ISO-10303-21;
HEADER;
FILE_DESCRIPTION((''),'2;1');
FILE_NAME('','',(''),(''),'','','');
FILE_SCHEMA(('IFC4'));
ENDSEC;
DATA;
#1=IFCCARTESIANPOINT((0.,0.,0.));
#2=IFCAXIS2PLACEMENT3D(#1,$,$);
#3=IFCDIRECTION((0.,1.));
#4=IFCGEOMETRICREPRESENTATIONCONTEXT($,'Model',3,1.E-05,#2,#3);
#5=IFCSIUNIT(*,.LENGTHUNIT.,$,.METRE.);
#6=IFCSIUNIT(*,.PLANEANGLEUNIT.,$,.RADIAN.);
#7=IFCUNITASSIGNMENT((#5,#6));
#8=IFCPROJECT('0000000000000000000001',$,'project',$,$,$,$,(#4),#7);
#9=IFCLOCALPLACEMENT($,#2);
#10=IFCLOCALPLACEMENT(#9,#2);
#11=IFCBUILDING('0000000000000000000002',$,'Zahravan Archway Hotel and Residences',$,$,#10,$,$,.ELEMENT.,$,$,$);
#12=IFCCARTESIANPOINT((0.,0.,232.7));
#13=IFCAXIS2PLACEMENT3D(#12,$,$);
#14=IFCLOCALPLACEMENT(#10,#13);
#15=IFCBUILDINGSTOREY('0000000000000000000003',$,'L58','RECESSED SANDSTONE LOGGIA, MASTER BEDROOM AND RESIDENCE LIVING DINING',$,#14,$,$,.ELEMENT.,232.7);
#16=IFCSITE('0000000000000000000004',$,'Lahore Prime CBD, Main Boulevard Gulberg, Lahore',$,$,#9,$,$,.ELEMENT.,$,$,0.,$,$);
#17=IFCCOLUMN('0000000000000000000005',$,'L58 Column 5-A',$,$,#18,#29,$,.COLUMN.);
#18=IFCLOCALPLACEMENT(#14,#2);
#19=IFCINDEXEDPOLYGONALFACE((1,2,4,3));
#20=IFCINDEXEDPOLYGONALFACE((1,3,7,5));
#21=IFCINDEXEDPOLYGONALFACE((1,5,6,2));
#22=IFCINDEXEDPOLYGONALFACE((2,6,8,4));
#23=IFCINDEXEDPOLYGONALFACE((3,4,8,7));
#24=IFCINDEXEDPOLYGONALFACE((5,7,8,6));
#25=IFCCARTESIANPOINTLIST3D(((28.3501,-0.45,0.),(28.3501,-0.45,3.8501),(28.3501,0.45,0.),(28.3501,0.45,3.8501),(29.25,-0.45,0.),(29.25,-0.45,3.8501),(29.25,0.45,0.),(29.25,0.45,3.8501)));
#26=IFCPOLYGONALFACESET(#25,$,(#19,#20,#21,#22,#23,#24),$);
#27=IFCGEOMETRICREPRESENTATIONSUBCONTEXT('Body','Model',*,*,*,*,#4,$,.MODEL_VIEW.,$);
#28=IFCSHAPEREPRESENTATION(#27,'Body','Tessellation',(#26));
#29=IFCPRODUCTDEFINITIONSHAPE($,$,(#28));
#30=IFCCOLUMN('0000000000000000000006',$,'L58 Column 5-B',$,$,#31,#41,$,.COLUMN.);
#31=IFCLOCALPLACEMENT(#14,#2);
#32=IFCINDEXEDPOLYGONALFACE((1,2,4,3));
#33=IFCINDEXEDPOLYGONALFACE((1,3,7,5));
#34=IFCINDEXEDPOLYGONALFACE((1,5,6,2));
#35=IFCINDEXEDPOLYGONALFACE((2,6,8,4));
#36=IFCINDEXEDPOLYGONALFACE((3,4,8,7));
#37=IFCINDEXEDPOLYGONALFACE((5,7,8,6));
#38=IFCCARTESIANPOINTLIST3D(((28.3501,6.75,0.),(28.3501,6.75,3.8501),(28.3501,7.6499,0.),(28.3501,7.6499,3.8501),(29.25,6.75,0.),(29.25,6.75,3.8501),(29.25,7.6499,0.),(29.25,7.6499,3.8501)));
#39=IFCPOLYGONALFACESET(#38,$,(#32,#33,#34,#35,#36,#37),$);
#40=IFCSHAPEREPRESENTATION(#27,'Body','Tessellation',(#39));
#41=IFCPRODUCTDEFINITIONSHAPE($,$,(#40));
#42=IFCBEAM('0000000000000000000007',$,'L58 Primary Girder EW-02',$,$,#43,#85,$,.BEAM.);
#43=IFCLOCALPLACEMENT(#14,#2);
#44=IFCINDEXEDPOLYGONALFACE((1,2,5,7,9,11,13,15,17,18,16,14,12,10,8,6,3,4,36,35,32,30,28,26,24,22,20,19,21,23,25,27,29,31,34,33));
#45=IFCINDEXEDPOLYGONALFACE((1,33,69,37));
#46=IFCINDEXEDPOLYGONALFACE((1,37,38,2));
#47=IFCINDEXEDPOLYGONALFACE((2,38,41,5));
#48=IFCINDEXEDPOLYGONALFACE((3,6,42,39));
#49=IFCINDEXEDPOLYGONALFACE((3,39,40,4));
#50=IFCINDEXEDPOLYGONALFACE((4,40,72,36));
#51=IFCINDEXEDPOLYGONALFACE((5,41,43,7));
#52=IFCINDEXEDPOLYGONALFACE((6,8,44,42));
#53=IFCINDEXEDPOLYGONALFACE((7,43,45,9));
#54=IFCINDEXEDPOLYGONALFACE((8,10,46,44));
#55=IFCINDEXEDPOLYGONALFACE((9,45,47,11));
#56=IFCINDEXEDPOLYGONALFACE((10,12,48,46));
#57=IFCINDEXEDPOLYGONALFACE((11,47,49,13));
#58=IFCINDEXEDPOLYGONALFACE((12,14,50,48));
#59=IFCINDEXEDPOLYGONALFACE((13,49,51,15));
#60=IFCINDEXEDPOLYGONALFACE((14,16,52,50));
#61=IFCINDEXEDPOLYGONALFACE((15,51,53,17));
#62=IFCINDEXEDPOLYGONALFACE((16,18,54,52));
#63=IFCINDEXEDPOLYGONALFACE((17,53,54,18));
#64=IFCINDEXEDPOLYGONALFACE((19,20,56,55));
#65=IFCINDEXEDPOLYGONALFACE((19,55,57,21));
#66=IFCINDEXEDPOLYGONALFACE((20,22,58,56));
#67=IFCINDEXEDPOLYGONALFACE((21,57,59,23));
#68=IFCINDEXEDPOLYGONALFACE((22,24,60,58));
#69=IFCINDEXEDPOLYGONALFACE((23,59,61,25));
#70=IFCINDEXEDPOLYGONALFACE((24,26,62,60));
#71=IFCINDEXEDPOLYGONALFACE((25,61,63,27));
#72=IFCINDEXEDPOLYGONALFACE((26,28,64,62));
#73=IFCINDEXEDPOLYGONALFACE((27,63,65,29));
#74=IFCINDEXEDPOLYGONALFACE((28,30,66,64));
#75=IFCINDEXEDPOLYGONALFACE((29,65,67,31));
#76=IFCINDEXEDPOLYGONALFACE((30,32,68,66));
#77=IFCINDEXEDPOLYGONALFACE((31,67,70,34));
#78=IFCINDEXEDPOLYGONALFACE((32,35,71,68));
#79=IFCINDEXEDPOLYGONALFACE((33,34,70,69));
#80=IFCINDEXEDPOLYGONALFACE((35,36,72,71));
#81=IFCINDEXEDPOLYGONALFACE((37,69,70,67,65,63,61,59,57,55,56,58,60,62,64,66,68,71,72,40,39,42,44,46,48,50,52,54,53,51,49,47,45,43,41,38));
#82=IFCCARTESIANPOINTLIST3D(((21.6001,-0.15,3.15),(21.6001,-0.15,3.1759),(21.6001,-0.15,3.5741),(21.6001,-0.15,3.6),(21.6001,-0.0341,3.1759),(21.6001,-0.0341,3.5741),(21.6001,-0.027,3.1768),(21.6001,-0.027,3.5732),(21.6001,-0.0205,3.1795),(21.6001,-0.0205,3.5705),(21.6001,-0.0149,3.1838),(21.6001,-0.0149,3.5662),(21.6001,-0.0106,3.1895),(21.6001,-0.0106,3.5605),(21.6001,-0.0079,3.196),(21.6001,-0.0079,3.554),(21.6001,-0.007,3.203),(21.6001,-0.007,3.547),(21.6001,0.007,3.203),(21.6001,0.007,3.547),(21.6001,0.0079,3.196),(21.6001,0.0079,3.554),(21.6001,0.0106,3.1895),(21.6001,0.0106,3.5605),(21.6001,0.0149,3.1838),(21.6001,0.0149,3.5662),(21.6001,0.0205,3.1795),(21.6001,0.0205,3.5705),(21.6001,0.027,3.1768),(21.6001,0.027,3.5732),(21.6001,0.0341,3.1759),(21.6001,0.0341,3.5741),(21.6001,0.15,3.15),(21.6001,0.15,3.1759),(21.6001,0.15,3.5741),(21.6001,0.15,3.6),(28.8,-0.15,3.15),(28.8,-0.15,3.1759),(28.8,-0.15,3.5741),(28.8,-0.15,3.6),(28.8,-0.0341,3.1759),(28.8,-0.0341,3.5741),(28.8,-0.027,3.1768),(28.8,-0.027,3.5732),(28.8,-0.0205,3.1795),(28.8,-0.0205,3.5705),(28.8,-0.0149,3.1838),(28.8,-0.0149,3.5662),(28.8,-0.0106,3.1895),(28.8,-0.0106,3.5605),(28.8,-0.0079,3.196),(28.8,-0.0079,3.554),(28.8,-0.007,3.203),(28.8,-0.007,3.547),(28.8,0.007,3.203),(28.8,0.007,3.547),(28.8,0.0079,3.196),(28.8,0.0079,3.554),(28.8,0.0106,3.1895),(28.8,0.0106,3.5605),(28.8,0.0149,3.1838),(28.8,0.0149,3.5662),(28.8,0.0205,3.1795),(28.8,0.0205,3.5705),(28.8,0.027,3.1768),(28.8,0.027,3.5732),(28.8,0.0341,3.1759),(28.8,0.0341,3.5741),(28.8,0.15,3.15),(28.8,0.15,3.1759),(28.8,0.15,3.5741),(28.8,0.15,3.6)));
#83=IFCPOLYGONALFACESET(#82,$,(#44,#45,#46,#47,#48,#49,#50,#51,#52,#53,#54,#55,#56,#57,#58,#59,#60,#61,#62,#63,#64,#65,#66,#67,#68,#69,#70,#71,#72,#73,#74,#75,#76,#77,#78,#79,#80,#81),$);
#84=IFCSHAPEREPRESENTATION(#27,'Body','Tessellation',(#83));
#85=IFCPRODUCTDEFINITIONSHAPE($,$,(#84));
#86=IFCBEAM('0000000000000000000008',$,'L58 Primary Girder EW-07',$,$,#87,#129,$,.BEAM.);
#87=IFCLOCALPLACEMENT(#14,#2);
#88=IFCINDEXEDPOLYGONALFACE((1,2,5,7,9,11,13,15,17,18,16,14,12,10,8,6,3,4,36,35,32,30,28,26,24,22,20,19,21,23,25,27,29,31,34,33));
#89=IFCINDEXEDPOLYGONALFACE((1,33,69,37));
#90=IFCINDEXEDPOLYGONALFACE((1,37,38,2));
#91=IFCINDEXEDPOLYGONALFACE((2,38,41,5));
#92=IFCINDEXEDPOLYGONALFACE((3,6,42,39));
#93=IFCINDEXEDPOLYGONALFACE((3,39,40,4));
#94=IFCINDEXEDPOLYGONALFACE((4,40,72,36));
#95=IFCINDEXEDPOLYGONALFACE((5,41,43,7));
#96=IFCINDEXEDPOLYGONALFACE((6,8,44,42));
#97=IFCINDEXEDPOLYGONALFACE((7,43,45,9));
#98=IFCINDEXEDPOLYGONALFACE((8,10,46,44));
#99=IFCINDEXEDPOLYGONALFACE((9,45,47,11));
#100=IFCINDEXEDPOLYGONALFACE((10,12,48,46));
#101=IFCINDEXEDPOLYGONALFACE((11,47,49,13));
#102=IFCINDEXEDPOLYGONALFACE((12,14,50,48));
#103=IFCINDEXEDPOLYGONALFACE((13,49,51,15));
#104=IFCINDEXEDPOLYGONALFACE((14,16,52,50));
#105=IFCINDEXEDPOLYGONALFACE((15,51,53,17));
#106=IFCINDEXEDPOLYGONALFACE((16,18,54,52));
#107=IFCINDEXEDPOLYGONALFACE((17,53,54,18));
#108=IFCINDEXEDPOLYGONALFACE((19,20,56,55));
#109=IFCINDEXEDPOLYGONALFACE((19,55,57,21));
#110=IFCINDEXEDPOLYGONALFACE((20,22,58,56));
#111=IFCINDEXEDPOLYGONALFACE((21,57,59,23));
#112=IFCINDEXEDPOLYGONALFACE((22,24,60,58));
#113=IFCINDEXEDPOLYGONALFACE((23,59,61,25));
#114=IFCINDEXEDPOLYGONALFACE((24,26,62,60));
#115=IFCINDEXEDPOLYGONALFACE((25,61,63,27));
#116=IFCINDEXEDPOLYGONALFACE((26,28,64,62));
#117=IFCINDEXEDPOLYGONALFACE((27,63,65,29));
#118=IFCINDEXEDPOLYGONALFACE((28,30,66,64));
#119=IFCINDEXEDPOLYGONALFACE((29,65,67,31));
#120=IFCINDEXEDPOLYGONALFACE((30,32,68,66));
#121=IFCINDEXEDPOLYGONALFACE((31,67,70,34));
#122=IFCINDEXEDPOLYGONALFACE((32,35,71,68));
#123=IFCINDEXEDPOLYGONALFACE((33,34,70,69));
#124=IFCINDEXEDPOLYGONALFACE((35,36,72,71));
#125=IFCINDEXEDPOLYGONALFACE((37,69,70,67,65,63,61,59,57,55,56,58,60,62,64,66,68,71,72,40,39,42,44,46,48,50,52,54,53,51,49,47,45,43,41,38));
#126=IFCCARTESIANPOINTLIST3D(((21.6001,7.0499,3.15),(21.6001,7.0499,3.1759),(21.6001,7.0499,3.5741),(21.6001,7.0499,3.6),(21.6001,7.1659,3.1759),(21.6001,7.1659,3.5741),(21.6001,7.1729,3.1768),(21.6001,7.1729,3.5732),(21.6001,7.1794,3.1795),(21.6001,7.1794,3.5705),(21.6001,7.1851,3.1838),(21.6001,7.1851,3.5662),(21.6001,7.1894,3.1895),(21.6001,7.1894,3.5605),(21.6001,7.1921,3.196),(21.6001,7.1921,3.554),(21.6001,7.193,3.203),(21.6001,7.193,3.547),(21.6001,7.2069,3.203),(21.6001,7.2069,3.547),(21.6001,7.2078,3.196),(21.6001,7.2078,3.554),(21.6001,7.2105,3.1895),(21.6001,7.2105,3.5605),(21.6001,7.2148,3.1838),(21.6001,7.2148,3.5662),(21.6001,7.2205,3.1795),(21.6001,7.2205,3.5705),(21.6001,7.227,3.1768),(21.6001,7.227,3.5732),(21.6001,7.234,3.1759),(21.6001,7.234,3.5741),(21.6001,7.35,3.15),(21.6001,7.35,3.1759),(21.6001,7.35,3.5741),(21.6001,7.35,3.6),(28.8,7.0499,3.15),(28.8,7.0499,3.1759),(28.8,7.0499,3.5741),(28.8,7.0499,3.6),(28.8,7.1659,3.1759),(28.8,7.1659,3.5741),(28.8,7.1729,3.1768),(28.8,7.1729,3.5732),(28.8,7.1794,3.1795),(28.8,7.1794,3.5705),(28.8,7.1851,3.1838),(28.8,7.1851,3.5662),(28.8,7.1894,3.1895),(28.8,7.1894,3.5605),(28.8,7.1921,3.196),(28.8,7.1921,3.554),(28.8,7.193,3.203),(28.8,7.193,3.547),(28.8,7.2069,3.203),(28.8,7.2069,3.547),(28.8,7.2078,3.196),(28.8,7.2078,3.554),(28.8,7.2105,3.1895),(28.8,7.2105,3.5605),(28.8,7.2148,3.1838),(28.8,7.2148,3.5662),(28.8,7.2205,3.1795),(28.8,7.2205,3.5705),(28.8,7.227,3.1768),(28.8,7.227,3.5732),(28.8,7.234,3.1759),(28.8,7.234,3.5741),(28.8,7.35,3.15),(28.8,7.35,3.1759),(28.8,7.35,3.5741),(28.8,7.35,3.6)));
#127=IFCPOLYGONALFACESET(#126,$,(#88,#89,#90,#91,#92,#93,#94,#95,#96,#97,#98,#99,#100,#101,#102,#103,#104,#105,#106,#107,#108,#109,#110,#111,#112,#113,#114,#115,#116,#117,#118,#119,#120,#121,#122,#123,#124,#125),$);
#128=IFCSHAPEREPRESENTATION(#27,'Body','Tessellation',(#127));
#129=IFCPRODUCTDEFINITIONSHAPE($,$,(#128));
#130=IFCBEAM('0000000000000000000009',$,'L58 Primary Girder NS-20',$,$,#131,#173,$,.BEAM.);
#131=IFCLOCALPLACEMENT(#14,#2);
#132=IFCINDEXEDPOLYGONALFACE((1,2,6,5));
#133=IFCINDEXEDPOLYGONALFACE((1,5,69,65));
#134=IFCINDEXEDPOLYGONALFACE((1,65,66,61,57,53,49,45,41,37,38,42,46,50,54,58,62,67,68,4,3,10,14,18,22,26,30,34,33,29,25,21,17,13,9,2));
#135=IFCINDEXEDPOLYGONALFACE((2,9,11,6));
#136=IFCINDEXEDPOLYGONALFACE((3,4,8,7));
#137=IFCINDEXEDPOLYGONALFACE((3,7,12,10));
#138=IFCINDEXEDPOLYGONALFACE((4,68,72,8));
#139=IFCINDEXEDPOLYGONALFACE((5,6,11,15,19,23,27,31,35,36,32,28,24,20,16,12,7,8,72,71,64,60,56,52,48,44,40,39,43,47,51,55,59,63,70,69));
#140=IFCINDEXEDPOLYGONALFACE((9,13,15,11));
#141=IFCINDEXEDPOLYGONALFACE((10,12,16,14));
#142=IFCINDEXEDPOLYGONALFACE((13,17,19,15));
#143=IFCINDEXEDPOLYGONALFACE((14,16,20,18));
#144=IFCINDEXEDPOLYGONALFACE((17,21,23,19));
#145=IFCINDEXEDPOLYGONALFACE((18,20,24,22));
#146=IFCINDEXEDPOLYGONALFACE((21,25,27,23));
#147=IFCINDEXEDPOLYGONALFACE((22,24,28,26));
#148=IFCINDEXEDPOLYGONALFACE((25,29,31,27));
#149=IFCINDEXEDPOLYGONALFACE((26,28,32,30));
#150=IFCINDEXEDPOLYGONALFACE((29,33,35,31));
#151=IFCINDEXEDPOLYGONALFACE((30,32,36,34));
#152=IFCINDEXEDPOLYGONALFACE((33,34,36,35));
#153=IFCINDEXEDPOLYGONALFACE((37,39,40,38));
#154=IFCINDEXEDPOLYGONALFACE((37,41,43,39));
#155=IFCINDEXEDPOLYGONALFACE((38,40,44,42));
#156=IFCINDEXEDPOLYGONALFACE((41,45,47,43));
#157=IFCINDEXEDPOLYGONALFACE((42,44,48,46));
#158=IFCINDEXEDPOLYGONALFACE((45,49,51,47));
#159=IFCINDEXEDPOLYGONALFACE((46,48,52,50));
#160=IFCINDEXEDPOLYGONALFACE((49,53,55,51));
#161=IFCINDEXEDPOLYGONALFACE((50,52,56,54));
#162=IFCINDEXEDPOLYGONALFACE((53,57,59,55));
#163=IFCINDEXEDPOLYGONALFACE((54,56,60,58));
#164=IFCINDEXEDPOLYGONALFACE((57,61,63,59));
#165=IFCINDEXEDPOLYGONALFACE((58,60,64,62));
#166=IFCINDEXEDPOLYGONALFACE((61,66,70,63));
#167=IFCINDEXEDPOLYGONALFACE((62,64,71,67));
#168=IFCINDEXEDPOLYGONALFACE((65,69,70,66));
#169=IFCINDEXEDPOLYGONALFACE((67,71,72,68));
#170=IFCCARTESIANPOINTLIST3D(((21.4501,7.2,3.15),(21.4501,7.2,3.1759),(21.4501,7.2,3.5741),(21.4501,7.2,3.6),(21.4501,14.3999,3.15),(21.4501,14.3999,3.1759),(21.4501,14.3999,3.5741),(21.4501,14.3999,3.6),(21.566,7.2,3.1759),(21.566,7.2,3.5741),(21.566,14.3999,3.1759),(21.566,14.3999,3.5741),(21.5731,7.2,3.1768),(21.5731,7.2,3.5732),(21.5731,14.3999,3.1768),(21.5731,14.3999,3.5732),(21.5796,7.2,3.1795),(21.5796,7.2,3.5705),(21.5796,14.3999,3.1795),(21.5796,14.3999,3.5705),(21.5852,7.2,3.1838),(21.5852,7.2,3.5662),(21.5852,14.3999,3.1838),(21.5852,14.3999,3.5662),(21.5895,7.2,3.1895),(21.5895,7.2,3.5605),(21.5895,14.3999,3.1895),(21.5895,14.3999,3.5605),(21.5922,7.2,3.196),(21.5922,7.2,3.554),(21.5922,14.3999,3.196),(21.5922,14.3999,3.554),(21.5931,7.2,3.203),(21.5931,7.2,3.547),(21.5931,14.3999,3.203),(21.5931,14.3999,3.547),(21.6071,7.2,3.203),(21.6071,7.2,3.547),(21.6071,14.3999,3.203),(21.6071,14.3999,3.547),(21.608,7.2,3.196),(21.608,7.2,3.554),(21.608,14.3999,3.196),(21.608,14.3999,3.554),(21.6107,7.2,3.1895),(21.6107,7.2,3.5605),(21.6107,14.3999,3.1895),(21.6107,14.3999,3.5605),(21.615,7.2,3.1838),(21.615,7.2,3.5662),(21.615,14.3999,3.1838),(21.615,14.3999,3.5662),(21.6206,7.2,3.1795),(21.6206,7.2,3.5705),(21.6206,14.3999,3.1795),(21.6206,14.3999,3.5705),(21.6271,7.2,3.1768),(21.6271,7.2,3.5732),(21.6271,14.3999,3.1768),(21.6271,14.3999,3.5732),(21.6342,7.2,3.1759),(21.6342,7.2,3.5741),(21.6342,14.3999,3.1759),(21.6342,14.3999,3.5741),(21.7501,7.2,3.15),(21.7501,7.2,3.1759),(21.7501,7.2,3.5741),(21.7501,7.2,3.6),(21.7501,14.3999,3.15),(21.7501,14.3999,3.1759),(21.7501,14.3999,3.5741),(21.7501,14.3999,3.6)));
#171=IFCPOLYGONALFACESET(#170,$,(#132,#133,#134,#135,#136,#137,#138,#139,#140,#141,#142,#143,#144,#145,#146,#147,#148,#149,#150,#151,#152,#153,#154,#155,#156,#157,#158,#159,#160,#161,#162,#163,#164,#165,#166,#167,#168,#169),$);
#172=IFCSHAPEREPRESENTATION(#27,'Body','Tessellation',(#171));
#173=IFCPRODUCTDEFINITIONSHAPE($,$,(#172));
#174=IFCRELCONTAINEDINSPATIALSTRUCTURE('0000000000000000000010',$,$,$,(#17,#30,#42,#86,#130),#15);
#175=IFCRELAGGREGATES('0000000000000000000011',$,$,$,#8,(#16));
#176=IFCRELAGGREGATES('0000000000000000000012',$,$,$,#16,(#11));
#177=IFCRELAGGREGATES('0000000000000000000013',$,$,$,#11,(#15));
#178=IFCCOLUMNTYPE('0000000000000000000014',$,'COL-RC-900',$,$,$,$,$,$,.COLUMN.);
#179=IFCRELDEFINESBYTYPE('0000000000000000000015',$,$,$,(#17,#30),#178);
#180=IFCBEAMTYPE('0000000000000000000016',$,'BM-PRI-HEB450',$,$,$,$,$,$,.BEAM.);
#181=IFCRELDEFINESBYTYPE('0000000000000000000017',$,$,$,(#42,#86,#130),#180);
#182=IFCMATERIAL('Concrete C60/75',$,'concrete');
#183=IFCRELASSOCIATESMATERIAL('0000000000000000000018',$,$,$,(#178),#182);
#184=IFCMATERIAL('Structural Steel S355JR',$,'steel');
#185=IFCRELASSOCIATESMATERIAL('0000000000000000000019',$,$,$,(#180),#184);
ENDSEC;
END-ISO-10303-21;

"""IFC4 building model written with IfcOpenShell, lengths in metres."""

from ifc_helpers import new_model, si_unit, direction, frame, origin, origin_2d, place, context, subcontext, project, spatial, rectangle, i_section, extrude, source, transform, mapped, material, material_profile, profile_set, type_object, type_shapes, element, save


model = new_model("IFC4")

# Units and contexts
model_context = context("Model", 3, precision=1e-05, world=origin(), true_north=direction((0.0, 1.0)))
body_context = subcontext(model_context, "Body", "Model", "MODEL_VIEW")
ifc_project = project(units=[si_unit("LENGTHUNIT", "METRE"), si_unit("PLANEANGLEUNIT", "RADIAN")], contexts=[model_context])

# Site, building, storey
site_placement = place(None, origin())
site = spatial("IfcSite", under=ifc_project, at=site_placement, Name="Lahore Prime CBD, Main Boulevard Gulberg, Lahore", CompositionType="ELEMENT", RefElevation=0.0)
building_placement = place(site_placement, origin())
building = spatial("IfcBuilding", under=site, at=building_placement, Name="Zahravan Archway Hotel and Residences", CompositionType="ELEMENT")
storey_placement = place(building_placement, frame((0.0, 0.0, 232.7)))
storey = spatial("IfcBuildingStorey", under=building, at=storey_placement, Name="L58", Description="RECESSED SANDSTONE LOGGIA, MASTER BEDROOM AND RESIDENCE LIVING DINING", CompositionType="ELEMENT", Elevation=232.7)

# Columns
ifc_material_1 = material(Name="Concrete C60/75", Category="concrete")
ifc_material_profile_1 = material_profile(ifc_material_1, rectangle(XDim=0.8999, YDim=0.8999, at=origin_2d()), Name="RC-COL-900x900", Category="concrete")
ifc_profile_set_1 = profile_set([ifc_material_profile_1], Name="Concrete C60/75")
column_type = type_object("IfcColumnType", Name="COL-RC-900", PredefinedType="COLUMN", material=ifc_profile_set_1)
shared_shape_1 = source(origin(), body_context, "Body", "SweptSolid", [
    extrude(rectangle(XDim=0.8999, YDim=0.8999, at=origin_2d()), origin(), (0.0, 0.0, 1.0), 3.8501),
])
type_shapes(column_type, [shared_shape_1])
for number, where, z_axis, x_axis, name in (
    (1, (28.8, 0.0, 0.0), (0.0, 0.0, 1.0), (1.0, 0.0, 0.0), "L58 Column 5-A"),
    (2, (28.8, 7.2, 0.0), (0.0, 0.0, 1.0), (1.0, 0.0, 0.0), "L58 Column 5-B"),
):
    element("IfcColumn", number, at=place(storey_placement, frame(where, z_axis=z_axis, x_axis=x_axis)), inside=storey, type_object=column_type, Name=name, PredefinedType="COLUMN", context=body_context, shape_type="MappedRepresentation", body=[
        mapped(shared_shape_1, transform((0.0, 0.0, 0.0), scale=1.0)),
    ])

# Beams
ifc_material_2 = material(Name="Structural Steel S355JR", Category="steel")
ifc_material_profile_2 = material_profile(ifc_material_2, i_section(OverallWidth=0.3, OverallDepth=0.45, WebThickness=0.0139, FlangeThickness=0.0259, FilletRadius=0.0271, at=origin_2d()), Name="HEB 450", Category="steel")
ifc_profile_set_2 = profile_set([ifc_material_profile_2], Name="Structural Steel S355JR")
beam_type_1 = type_object("IfcBeamType", Name="BM-PRI-HEB450", PredefinedType="BEAM", material=ifc_profile_set_2)
shared_shape_2 = source(origin(), body_context, "Body", "SweptSolid", [
    extrude(i_section(OverallWidth=0.3, OverallDepth=0.45, WebThickness=0.0139, FlangeThickness=0.0259, FilletRadius=0.0271, at=origin_2d()), origin(), (0.0, 0.0, 1.0), 7.2),
])
for number, where, z_axis, x_axis, name in (
    (3, (21.6001, 0.0, 3.375), (1.0, 0.0, 0.0), (0.0, 1.0, 0.0), "L58 Primary Girder EW-02"),
    (4, (21.6001, 7.2, 3.375), (1.0, 0.0, 0.0), (0.0, 1.0, 0.0), "L58 Primary Girder EW-07"),
    (5, (21.6001, 7.2, 3.375), (0.0, 1.0, 0.0), (-1.0, 0.0, 0.0), "L58 Primary Girder NS-20"),
):
    element("IfcBeam", number, at=place(storey_placement, frame(where, z_axis=z_axis, x_axis=x_axis)), inside=storey, type_object=beam_type_1, Name=name, PredefinedType="BEAM", context=body_context, shape_type="MappedRepresentation", body=[
        mapped(shared_shape_2, transform((0.0, 0.0, 0.0), scale=1.0)),
    ])

save(model, "model.ifc")
